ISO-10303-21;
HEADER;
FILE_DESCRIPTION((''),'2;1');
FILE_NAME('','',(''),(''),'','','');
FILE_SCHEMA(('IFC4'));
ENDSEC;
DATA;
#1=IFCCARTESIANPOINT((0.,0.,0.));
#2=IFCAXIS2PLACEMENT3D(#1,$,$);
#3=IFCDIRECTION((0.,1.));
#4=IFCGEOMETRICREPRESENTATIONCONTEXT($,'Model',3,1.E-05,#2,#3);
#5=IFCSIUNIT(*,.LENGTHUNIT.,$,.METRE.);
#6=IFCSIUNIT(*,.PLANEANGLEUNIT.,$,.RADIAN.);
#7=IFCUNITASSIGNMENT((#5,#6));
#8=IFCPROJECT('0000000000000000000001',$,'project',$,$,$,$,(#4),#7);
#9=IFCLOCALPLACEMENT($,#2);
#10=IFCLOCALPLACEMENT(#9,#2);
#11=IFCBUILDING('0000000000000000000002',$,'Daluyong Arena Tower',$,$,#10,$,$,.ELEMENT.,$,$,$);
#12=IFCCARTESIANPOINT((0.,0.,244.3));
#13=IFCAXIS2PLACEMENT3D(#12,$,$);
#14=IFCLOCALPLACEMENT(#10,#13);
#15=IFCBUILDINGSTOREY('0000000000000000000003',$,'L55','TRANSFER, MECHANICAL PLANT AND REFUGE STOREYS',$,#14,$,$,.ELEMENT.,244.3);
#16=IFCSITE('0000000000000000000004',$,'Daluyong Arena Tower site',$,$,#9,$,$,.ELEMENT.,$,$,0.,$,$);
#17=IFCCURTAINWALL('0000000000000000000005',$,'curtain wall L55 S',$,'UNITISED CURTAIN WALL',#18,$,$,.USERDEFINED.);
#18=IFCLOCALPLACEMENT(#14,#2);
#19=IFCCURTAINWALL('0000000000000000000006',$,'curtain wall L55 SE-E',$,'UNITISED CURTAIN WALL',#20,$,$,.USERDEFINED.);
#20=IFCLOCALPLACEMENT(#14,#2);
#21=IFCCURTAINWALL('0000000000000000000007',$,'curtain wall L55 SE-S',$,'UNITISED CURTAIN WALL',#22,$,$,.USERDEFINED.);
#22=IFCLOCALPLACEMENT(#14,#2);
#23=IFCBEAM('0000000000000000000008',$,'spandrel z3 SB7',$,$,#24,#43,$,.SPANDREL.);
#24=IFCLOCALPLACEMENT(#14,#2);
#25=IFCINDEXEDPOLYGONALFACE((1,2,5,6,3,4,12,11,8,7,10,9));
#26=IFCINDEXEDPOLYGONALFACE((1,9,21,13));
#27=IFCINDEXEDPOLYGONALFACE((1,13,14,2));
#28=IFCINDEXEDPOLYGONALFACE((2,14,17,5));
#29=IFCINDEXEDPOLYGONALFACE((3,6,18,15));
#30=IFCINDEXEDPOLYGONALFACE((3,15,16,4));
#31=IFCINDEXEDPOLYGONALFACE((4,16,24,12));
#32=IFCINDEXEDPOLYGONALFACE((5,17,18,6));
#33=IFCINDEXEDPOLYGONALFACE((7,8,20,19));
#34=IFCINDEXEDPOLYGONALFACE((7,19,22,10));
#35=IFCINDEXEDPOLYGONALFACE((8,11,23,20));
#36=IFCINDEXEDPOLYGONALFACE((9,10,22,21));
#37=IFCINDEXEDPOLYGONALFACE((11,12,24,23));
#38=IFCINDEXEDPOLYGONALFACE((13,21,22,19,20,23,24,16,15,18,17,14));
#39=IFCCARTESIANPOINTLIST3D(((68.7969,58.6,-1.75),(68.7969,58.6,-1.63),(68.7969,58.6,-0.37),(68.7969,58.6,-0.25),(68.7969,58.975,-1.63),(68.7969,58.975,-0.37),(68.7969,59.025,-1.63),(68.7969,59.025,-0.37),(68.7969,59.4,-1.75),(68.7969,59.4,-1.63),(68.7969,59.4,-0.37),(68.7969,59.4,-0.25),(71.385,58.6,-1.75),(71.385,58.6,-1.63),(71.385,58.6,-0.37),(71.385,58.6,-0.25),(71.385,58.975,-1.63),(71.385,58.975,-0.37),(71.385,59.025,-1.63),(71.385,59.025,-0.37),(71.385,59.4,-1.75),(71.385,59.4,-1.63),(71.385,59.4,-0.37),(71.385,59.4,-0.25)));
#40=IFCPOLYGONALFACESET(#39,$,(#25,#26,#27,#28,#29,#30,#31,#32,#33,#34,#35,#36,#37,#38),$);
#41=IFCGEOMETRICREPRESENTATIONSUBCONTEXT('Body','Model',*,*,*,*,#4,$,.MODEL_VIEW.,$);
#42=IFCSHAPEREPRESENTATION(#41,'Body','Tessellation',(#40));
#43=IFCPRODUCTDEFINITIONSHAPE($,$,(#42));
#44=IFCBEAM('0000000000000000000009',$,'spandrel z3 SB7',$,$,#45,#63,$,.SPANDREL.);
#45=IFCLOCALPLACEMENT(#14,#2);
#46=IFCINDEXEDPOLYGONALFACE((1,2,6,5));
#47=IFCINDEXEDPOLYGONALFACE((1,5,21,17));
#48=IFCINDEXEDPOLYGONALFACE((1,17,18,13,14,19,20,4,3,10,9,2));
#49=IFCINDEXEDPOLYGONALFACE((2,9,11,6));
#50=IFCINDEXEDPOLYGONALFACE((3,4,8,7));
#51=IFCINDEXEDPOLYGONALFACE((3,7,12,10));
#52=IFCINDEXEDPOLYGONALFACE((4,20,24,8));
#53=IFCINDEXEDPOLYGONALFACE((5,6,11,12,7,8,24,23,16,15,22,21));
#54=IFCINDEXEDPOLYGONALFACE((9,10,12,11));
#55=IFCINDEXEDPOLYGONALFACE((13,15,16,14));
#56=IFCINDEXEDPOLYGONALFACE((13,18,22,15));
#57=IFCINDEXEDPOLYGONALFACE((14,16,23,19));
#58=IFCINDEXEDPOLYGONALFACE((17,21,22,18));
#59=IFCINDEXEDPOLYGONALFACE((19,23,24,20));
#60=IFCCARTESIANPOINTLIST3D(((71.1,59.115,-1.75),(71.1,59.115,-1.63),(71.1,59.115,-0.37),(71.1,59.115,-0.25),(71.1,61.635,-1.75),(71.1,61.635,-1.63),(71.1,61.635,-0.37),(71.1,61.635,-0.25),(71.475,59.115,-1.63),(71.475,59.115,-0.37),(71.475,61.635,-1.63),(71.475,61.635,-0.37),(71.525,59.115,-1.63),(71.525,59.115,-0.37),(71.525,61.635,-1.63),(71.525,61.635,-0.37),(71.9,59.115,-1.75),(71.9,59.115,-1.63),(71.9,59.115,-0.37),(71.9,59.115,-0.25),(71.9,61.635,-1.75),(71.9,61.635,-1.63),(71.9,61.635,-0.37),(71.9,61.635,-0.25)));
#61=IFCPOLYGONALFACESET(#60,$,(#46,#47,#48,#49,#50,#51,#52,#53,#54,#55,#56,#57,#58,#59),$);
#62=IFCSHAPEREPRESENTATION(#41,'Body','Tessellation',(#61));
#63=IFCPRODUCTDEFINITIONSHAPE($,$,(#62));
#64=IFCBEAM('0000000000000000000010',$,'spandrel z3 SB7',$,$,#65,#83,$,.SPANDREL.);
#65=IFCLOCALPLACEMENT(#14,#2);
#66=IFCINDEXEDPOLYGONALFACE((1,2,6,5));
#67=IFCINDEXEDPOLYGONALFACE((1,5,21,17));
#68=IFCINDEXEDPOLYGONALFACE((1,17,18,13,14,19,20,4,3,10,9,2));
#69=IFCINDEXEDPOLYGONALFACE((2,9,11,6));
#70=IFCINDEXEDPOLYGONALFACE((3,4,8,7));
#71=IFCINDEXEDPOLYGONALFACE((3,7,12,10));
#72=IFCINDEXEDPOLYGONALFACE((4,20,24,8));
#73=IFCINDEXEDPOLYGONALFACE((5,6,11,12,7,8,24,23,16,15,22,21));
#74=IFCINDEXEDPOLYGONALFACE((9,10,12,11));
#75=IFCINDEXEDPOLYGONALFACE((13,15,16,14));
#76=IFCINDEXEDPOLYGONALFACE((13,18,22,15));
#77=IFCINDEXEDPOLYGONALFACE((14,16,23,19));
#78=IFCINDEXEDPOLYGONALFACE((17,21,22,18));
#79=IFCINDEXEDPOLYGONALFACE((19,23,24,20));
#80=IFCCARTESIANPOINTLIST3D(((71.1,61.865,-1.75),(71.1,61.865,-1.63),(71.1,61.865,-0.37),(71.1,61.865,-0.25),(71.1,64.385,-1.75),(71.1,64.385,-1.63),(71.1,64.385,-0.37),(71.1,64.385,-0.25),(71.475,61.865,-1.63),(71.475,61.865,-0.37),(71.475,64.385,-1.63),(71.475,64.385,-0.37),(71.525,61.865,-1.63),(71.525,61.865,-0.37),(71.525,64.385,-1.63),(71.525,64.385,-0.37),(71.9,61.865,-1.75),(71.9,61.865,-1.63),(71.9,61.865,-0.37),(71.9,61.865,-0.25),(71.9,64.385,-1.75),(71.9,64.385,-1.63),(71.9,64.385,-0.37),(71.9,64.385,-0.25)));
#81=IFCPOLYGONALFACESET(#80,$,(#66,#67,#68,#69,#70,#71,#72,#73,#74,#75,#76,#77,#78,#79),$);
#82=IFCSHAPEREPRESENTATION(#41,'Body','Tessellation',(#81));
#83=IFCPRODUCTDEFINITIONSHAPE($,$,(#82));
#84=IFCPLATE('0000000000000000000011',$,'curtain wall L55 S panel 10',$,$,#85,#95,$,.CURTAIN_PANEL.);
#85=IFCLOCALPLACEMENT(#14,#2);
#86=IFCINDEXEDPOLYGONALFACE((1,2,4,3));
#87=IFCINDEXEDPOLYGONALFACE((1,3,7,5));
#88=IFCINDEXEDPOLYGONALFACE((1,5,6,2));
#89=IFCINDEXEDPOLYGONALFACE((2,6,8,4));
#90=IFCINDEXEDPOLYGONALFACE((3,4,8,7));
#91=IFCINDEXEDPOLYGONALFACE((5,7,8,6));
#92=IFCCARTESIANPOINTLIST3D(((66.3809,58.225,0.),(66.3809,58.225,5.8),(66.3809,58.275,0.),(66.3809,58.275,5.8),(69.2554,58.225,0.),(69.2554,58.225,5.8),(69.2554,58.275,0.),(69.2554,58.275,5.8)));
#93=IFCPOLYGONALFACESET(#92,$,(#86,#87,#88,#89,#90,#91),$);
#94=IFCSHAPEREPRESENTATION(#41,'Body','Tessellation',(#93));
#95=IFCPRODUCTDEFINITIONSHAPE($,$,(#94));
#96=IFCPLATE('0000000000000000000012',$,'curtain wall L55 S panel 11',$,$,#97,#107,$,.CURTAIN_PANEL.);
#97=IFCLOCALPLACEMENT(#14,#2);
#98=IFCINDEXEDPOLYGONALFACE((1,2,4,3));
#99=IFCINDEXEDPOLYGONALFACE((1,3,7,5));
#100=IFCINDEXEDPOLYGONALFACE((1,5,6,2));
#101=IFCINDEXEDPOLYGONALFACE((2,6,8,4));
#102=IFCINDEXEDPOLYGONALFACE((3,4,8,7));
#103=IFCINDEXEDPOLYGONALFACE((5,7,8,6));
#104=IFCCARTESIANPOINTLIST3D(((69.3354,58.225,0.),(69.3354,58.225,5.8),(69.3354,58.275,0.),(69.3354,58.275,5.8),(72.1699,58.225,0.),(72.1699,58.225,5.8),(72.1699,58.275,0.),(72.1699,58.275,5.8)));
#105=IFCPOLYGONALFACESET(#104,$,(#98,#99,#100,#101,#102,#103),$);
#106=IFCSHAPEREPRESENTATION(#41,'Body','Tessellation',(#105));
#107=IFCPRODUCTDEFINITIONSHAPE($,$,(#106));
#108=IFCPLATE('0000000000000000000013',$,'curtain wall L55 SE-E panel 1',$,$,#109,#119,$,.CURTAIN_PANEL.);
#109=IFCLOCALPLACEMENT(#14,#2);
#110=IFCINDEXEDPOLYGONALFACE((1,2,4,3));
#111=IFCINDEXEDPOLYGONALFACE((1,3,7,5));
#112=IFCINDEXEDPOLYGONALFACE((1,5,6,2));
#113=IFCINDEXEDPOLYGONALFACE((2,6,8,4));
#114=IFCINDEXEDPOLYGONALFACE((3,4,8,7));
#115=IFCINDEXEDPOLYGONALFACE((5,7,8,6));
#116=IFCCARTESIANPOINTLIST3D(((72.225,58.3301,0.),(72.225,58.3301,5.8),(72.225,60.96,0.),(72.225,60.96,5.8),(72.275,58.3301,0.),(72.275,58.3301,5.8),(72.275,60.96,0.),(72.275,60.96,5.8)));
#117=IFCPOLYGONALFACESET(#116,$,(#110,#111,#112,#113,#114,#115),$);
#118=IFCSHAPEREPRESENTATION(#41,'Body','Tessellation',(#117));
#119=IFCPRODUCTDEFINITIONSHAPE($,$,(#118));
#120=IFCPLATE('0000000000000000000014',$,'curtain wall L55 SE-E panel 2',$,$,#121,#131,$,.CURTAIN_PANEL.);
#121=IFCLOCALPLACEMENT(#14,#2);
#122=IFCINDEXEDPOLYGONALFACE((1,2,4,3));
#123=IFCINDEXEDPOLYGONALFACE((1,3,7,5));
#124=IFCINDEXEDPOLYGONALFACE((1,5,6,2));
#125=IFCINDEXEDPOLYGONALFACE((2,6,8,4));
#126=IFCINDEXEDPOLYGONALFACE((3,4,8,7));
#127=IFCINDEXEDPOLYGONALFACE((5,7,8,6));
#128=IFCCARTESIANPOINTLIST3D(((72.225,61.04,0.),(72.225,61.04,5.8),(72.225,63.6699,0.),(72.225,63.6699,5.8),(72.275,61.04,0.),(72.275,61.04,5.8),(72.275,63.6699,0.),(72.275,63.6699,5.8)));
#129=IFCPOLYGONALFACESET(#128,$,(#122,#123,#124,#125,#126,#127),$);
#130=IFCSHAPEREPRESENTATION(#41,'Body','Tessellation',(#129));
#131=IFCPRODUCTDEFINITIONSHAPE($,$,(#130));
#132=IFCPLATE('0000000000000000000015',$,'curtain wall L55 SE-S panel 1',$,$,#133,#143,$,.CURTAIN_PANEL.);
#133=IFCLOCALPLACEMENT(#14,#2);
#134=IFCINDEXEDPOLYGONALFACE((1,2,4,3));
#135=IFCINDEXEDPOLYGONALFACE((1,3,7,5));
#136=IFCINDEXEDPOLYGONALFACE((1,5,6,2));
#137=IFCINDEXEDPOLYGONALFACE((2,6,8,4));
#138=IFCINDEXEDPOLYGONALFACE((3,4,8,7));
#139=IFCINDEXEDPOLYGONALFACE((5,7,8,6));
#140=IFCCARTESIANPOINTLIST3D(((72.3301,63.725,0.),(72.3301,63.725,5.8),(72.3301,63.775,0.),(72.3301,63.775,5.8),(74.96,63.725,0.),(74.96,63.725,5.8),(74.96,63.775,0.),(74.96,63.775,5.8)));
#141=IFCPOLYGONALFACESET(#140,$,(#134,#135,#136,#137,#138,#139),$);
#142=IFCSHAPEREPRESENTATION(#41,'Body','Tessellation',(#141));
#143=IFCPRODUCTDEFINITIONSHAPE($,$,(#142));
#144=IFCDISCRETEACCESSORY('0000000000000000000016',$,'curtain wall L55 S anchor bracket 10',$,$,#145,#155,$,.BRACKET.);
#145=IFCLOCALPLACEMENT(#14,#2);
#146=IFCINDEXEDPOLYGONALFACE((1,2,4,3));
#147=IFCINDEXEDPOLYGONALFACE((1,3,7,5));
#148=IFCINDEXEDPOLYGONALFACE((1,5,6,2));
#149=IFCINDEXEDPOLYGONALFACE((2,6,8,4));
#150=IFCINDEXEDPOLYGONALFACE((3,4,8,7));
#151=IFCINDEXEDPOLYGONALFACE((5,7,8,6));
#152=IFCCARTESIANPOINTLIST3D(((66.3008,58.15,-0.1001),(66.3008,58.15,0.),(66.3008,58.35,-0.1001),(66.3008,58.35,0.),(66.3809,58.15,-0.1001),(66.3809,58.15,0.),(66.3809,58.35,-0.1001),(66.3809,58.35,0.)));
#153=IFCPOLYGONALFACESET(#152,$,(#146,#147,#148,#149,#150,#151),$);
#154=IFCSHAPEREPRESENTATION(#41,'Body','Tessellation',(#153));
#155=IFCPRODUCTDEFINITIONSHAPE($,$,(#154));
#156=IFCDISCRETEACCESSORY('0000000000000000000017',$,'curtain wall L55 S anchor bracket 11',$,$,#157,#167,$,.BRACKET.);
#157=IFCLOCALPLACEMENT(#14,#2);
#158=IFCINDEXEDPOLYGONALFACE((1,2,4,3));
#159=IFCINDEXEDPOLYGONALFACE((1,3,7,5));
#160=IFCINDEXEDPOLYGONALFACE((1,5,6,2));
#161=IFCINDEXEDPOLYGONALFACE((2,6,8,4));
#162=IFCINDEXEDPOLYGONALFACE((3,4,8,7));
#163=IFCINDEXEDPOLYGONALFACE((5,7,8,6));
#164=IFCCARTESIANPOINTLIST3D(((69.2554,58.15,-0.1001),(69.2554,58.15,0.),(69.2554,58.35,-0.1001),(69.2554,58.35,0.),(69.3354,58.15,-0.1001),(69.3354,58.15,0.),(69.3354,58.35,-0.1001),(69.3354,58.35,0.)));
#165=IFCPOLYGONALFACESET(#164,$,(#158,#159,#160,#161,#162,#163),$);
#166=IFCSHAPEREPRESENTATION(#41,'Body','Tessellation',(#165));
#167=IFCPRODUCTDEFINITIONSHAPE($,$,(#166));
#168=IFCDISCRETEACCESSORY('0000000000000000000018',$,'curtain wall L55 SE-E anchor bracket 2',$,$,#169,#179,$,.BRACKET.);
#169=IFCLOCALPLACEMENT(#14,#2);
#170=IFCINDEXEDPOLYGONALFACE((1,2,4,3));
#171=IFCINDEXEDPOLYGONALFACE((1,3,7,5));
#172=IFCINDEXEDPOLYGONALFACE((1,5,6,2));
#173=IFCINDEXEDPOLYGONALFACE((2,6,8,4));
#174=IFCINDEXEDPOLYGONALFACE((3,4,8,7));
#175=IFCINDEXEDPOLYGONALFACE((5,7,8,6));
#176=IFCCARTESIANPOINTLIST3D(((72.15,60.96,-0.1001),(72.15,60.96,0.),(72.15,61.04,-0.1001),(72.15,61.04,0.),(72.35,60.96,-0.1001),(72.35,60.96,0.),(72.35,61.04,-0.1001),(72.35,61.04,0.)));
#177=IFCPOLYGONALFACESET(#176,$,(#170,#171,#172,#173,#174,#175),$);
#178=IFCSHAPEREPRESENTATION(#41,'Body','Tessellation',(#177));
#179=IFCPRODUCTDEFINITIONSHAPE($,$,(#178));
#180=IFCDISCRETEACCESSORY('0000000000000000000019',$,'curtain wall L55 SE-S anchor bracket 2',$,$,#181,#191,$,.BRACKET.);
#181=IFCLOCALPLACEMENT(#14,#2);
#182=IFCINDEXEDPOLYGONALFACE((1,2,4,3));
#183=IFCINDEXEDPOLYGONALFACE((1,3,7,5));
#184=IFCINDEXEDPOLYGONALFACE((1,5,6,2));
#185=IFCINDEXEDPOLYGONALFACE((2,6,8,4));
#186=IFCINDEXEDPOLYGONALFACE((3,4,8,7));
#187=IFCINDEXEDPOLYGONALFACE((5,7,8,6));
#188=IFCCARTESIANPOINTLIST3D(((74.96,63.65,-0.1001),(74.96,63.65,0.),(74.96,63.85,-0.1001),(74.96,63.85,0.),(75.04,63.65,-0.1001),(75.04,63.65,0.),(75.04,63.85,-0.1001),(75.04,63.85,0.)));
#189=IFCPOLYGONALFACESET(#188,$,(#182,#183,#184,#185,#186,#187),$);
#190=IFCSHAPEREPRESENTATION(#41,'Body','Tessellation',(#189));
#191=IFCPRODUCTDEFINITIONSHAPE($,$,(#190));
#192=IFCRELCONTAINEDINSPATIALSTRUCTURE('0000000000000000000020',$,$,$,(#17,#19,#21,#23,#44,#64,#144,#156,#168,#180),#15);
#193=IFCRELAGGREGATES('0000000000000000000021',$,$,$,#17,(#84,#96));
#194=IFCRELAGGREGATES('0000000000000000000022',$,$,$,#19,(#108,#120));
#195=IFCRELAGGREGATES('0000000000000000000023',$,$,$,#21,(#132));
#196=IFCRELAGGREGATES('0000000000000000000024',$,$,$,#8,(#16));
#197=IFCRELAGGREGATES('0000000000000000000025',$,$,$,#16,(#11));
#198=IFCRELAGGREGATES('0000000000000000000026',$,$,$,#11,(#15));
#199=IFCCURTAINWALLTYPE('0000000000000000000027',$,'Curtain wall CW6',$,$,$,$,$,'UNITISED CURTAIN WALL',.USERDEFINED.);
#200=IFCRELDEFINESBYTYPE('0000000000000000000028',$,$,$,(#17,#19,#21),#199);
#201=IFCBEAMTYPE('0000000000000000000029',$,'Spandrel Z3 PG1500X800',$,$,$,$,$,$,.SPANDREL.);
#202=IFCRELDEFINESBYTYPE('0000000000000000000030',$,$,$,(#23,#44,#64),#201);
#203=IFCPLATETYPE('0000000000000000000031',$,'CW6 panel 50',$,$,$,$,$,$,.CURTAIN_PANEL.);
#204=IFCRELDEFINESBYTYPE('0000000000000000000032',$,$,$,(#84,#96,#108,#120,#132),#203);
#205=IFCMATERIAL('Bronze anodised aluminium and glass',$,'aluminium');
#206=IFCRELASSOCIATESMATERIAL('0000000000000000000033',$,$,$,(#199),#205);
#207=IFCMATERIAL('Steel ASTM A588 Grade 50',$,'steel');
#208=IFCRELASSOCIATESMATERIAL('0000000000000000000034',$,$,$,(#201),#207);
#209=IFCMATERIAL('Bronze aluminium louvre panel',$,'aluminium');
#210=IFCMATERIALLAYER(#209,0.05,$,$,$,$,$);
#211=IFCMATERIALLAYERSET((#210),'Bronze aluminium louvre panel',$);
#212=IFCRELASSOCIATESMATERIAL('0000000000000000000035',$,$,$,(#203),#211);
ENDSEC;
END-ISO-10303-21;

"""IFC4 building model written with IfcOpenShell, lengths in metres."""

from ifc_helpers import new_model, si_unit, direction, frame, origin, origin_2d, place, context, subcontext, project, spatial, rectangle, i_section, extrude, material, layer, layer_set, material_profile, profile_set, type_object, element, aggregate, save


model = new_model("IFC4")

# Units and contexts
model_context = context("Model", 3, precision=1e-05, world=origin(), true_north=direction((0.0, 1.0)))
body_context = subcontext(model_context, "Body", "Model", "MODEL_VIEW")
ifc_project = project(units=[si_unit("LENGTHUNIT", "METRE"), si_unit("PLANEANGLEUNIT", "RADIAN")], contexts=[model_context])

# Site, building, storey
site_placement = place(None, origin())
site = spatial("IfcSite", under=ifc_project, at=site_placement, Name="Daluyong Arena Tower site", CompositionType="ELEMENT", RefElevation=0.0)
building_placement = place(site_placement, origin())
building = spatial("IfcBuilding", under=site, at=building_placement, Name="Daluyong Arena Tower", CompositionType="ELEMENT")
storey_placement = place(building_placement, frame((0.0, 0.0, 244.3)))
storey = spatial("IfcBuildingStorey", under=building, at=storey_placement, Name="L55", Description="TRANSFER, MECHANICAL PLANT AND REFUGE STOREYS", CompositionType="ELEMENT", Elevation=244.3)

# Curtain walls
ifc_material_1 = material(Name="Bronze anodised aluminium and glass", Category="aluminium")
curtain_wall_type = type_object("IfcCurtainWallType", Name="Curtain wall CW6", ElementType="UNITISED CURTAIN WALL", PredefinedType="USERDEFINED", material=ifc_material_1)
curtain_wall_1_placement = place(storey_placement, origin())
curtain_wall_1 = element("IfcCurtainWall", 1, at=curtain_wall_1_placement, inside=storey, type_object=curtain_wall_type, Name="curtain wall L55 S", ObjectType="UNITISED CURTAIN WALL", PredefinedType="USERDEFINED")
curtain_wall_2_placement = place(storey_placement, origin())
curtain_wall_2 = element("IfcCurtainWall", 2, at=curtain_wall_2_placement, inside=storey, type_object=curtain_wall_type, Name="curtain wall L55 SE-E", ObjectType="UNITISED CURTAIN WALL", PredefinedType="USERDEFINED")
curtain_wall_3_placement = place(storey_placement, origin())
curtain_wall_3 = element("IfcCurtainWall", 3, at=curtain_wall_3_placement, inside=storey, type_object=curtain_wall_type, Name="curtain wall L55 SE-S", ObjectType="UNITISED CURTAIN WALL", PredefinedType="USERDEFINED")

# Beams
ifc_material_2 = material(Name="Steel ASTM A588 Grade 50", Category="steel")
ifc_material_profile_1 = material_profile(ifc_material_2, i_section(OverallWidth=0.8, OverallDepth=1.5, WebThickness=0.05, FlangeThickness=0.12, at=origin_2d()))
ifc_profile_set_1 = profile_set([ifc_material_profile_1], Name="Steel ASTM A588 Grade 50")
beam_type_1 = type_object("IfcBeamType", Name="Spandrel Z3 PG1500X800", PredefinedType="SPANDREL", material=ifc_profile_set_1)
beam_1_placement = place(storey_placement, frame((68.7969, 59.0, -1.0), z_axis=(1.0, 0.0, 0.0), x_axis=(0.0, 1.0, 0.0)))
element("IfcBeam", 4, at=beam_1_placement, inside=storey, type_object=beam_type_1, Name="spandrel z3 SB7", PredefinedType="SPANDREL", context=body_context, shape_type="SweptSolid", body=[
    extrude(i_section(OverallWidth=0.8, OverallDepth=1.5, WebThickness=0.05, FlangeThickness=0.12, at=origin_2d()), origin(), (0.0, 0.0, 1.0), 2.5881),
])
for number, where, z_axis, x_axis, name in (
    (5, (71.5, 59.115, -1.0), (0.0, 1.0, 0.0), (-1.0, 0.0, 0.0), "spandrel z3 SB7"),
    (6, (71.5, 61.865, -1.0), (0.0, 1.0, 0.0), (-1.0, 0.0, 0.0), "spandrel z3 SB7"),
):
    element("IfcBeam", number, at=place(storey_placement, frame(where, z_axis=z_axis, x_axis=x_axis)), inside=storey, type_object=beam_type_1, Name=name, PredefinedType="SPANDREL", context=body_context, shape_type="SweptSolid", body=[
        extrude(i_section(OverallWidth=0.8, OverallDepth=1.5, WebThickness=0.05, FlangeThickness=0.12, at=origin_2d()), origin(), (0.0, 0.0, 1.0), 2.52),
    ])

# Plates
ifc_material_3 = material(Name="Bronze aluminium louvre panel", Category="aluminium")
ifc_layer = layer(ifc_material_3, 0.05)
ifc_layer_set = layer_set([ifc_layer], Name="Bronze aluminium louvre panel")
plate_type = type_object("IfcPlateType", Name="CW6 panel 50", PredefinedType="CURTAIN_PANEL", material=ifc_layer_set)
plate_1_placement = place(storey_placement, frame((67.8181, 58.25, 0.0), z_axis=(0.0, 0.0, 1.0), x_axis=(1.0, 0.0, 0.0)))
plate_1 = element("IfcPlate", 7, at=plate_1_placement, type_object=plate_type, Name="curtain wall L55 S panel 10", PredefinedType="CURTAIN_PANEL", context=body_context, shape_type="SweptSolid", body=[
    extrude(rectangle(XDim=2.8745, YDim=0.05, at=origin_2d()), origin(), (0.0, 0.0, 1.0), 5.8),
])
plate_2_placement = place(storey_placement, frame((70.7527, 58.25, 0.0), z_axis=(0.0, 0.0, 1.0), x_axis=(1.0, 0.0, 0.0)))
plate_2 = element("IfcPlate", 8, at=plate_2_placement, type_object=plate_type, Name="curtain wall L55 S panel 11", PredefinedType="CURTAIN_PANEL", context=body_context, shape_type="SweptSolid", body=[
    extrude(rectangle(XDim=2.8345, YDim=0.05, at=origin_2d()), origin(), (0.0, 0.0, 1.0), 5.8),
])
aggregate(curtain_wall_1, [plate_1, plate_2])
plate_3_placement = place(storey_placement, frame((72.25, 59.645, 0.0), z_axis=(0.0, 0.0, 1.0), x_axis=(0.0, 1.0, 0.0)))
plate_3 = element("IfcPlate", 9, at=plate_3_placement, type_object=plate_type, Name="curtain wall L55 SE-E panel 1", PredefinedType="CURTAIN_PANEL", context=body_context, shape_type="SweptSolid", body=[
    extrude(rectangle(XDim=2.6299, YDim=0.05, at=origin_2d()), origin(), (0.0, 0.0, 1.0), 5.8),
])
plate_4_placement = place(storey_placement, frame((72.25, 62.355, 0.0), z_axis=(0.0, 0.0, 1.0), x_axis=(0.0, 1.0, 0.0)))
plate_4 = element("IfcPlate", 10, at=plate_4_placement, type_object=plate_type, Name="curtain wall L55 SE-E panel 2", PredefinedType="CURTAIN_PANEL", context=body_context, shape_type="SweptSolid", body=[
    extrude(rectangle(XDim=2.6299, YDim=0.05, at=origin_2d()), origin(), (0.0, 0.0, 1.0), 5.8),
])
aggregate(curtain_wall_2, [plate_3, plate_4])
plate_5_placement = place(storey_placement, frame((73.645, 63.75, 0.0), z_axis=(0.0, 0.0, 1.0), x_axis=(1.0, 0.0, 0.0)))
plate_5 = element("IfcPlate", 11, at=plate_5_placement, type_object=plate_type, Name="curtain wall L55 SE-S panel 1", PredefinedType="CURTAIN_PANEL", context=body_context, shape_type="SweptSolid", body=[
    extrude(rectangle(XDim=2.6299, YDim=0.05, at=origin_2d()), origin(), (0.0, 0.0, 1.0), 5.8),
])
aggregate(curtain_wall_3, [plate_5])

# Discrete accessories
for number, where, z_axis, x_axis, name in (
    (12, (66.3408, 58.25, -0.1001), (0.0, 0.0, 1.0), (1.0, 0.0, 0.0), "curtain wall L55 S anchor bracket 10"),
    (13, (69.2954, 58.25, -0.1001), (0.0, 0.0, 1.0), (1.0, 0.0, 0.0), "curtain wall L55 S anchor bracket 11"),
    (14, (72.25, 61.0, -0.1001), (0.0, 0.0, 1.0), (0.0, 1.0, 0.0), "curtain wall L55 SE-E anchor bracket 2"),
    (15, (75.0, 63.75, -0.1001), (0.0, 0.0, 1.0), (1.0, 0.0, 0.0), "curtain wall L55 SE-S anchor bracket 2"),
):
    element("IfcDiscreteAccessory", number, at=place(storey_placement, frame(where, z_axis=z_axis, x_axis=x_axis)), inside=storey, Name=name, PredefinedType="BRACKET", context=body_context, shape_type="SweptSolid", body=[
        extrude(rectangle(XDim=0.0801, YDim=0.2, at=origin_2d()), origin(), (0.0, 0.0, 1.0), 0.1001),
    ])

save(model, "model.ifc")
